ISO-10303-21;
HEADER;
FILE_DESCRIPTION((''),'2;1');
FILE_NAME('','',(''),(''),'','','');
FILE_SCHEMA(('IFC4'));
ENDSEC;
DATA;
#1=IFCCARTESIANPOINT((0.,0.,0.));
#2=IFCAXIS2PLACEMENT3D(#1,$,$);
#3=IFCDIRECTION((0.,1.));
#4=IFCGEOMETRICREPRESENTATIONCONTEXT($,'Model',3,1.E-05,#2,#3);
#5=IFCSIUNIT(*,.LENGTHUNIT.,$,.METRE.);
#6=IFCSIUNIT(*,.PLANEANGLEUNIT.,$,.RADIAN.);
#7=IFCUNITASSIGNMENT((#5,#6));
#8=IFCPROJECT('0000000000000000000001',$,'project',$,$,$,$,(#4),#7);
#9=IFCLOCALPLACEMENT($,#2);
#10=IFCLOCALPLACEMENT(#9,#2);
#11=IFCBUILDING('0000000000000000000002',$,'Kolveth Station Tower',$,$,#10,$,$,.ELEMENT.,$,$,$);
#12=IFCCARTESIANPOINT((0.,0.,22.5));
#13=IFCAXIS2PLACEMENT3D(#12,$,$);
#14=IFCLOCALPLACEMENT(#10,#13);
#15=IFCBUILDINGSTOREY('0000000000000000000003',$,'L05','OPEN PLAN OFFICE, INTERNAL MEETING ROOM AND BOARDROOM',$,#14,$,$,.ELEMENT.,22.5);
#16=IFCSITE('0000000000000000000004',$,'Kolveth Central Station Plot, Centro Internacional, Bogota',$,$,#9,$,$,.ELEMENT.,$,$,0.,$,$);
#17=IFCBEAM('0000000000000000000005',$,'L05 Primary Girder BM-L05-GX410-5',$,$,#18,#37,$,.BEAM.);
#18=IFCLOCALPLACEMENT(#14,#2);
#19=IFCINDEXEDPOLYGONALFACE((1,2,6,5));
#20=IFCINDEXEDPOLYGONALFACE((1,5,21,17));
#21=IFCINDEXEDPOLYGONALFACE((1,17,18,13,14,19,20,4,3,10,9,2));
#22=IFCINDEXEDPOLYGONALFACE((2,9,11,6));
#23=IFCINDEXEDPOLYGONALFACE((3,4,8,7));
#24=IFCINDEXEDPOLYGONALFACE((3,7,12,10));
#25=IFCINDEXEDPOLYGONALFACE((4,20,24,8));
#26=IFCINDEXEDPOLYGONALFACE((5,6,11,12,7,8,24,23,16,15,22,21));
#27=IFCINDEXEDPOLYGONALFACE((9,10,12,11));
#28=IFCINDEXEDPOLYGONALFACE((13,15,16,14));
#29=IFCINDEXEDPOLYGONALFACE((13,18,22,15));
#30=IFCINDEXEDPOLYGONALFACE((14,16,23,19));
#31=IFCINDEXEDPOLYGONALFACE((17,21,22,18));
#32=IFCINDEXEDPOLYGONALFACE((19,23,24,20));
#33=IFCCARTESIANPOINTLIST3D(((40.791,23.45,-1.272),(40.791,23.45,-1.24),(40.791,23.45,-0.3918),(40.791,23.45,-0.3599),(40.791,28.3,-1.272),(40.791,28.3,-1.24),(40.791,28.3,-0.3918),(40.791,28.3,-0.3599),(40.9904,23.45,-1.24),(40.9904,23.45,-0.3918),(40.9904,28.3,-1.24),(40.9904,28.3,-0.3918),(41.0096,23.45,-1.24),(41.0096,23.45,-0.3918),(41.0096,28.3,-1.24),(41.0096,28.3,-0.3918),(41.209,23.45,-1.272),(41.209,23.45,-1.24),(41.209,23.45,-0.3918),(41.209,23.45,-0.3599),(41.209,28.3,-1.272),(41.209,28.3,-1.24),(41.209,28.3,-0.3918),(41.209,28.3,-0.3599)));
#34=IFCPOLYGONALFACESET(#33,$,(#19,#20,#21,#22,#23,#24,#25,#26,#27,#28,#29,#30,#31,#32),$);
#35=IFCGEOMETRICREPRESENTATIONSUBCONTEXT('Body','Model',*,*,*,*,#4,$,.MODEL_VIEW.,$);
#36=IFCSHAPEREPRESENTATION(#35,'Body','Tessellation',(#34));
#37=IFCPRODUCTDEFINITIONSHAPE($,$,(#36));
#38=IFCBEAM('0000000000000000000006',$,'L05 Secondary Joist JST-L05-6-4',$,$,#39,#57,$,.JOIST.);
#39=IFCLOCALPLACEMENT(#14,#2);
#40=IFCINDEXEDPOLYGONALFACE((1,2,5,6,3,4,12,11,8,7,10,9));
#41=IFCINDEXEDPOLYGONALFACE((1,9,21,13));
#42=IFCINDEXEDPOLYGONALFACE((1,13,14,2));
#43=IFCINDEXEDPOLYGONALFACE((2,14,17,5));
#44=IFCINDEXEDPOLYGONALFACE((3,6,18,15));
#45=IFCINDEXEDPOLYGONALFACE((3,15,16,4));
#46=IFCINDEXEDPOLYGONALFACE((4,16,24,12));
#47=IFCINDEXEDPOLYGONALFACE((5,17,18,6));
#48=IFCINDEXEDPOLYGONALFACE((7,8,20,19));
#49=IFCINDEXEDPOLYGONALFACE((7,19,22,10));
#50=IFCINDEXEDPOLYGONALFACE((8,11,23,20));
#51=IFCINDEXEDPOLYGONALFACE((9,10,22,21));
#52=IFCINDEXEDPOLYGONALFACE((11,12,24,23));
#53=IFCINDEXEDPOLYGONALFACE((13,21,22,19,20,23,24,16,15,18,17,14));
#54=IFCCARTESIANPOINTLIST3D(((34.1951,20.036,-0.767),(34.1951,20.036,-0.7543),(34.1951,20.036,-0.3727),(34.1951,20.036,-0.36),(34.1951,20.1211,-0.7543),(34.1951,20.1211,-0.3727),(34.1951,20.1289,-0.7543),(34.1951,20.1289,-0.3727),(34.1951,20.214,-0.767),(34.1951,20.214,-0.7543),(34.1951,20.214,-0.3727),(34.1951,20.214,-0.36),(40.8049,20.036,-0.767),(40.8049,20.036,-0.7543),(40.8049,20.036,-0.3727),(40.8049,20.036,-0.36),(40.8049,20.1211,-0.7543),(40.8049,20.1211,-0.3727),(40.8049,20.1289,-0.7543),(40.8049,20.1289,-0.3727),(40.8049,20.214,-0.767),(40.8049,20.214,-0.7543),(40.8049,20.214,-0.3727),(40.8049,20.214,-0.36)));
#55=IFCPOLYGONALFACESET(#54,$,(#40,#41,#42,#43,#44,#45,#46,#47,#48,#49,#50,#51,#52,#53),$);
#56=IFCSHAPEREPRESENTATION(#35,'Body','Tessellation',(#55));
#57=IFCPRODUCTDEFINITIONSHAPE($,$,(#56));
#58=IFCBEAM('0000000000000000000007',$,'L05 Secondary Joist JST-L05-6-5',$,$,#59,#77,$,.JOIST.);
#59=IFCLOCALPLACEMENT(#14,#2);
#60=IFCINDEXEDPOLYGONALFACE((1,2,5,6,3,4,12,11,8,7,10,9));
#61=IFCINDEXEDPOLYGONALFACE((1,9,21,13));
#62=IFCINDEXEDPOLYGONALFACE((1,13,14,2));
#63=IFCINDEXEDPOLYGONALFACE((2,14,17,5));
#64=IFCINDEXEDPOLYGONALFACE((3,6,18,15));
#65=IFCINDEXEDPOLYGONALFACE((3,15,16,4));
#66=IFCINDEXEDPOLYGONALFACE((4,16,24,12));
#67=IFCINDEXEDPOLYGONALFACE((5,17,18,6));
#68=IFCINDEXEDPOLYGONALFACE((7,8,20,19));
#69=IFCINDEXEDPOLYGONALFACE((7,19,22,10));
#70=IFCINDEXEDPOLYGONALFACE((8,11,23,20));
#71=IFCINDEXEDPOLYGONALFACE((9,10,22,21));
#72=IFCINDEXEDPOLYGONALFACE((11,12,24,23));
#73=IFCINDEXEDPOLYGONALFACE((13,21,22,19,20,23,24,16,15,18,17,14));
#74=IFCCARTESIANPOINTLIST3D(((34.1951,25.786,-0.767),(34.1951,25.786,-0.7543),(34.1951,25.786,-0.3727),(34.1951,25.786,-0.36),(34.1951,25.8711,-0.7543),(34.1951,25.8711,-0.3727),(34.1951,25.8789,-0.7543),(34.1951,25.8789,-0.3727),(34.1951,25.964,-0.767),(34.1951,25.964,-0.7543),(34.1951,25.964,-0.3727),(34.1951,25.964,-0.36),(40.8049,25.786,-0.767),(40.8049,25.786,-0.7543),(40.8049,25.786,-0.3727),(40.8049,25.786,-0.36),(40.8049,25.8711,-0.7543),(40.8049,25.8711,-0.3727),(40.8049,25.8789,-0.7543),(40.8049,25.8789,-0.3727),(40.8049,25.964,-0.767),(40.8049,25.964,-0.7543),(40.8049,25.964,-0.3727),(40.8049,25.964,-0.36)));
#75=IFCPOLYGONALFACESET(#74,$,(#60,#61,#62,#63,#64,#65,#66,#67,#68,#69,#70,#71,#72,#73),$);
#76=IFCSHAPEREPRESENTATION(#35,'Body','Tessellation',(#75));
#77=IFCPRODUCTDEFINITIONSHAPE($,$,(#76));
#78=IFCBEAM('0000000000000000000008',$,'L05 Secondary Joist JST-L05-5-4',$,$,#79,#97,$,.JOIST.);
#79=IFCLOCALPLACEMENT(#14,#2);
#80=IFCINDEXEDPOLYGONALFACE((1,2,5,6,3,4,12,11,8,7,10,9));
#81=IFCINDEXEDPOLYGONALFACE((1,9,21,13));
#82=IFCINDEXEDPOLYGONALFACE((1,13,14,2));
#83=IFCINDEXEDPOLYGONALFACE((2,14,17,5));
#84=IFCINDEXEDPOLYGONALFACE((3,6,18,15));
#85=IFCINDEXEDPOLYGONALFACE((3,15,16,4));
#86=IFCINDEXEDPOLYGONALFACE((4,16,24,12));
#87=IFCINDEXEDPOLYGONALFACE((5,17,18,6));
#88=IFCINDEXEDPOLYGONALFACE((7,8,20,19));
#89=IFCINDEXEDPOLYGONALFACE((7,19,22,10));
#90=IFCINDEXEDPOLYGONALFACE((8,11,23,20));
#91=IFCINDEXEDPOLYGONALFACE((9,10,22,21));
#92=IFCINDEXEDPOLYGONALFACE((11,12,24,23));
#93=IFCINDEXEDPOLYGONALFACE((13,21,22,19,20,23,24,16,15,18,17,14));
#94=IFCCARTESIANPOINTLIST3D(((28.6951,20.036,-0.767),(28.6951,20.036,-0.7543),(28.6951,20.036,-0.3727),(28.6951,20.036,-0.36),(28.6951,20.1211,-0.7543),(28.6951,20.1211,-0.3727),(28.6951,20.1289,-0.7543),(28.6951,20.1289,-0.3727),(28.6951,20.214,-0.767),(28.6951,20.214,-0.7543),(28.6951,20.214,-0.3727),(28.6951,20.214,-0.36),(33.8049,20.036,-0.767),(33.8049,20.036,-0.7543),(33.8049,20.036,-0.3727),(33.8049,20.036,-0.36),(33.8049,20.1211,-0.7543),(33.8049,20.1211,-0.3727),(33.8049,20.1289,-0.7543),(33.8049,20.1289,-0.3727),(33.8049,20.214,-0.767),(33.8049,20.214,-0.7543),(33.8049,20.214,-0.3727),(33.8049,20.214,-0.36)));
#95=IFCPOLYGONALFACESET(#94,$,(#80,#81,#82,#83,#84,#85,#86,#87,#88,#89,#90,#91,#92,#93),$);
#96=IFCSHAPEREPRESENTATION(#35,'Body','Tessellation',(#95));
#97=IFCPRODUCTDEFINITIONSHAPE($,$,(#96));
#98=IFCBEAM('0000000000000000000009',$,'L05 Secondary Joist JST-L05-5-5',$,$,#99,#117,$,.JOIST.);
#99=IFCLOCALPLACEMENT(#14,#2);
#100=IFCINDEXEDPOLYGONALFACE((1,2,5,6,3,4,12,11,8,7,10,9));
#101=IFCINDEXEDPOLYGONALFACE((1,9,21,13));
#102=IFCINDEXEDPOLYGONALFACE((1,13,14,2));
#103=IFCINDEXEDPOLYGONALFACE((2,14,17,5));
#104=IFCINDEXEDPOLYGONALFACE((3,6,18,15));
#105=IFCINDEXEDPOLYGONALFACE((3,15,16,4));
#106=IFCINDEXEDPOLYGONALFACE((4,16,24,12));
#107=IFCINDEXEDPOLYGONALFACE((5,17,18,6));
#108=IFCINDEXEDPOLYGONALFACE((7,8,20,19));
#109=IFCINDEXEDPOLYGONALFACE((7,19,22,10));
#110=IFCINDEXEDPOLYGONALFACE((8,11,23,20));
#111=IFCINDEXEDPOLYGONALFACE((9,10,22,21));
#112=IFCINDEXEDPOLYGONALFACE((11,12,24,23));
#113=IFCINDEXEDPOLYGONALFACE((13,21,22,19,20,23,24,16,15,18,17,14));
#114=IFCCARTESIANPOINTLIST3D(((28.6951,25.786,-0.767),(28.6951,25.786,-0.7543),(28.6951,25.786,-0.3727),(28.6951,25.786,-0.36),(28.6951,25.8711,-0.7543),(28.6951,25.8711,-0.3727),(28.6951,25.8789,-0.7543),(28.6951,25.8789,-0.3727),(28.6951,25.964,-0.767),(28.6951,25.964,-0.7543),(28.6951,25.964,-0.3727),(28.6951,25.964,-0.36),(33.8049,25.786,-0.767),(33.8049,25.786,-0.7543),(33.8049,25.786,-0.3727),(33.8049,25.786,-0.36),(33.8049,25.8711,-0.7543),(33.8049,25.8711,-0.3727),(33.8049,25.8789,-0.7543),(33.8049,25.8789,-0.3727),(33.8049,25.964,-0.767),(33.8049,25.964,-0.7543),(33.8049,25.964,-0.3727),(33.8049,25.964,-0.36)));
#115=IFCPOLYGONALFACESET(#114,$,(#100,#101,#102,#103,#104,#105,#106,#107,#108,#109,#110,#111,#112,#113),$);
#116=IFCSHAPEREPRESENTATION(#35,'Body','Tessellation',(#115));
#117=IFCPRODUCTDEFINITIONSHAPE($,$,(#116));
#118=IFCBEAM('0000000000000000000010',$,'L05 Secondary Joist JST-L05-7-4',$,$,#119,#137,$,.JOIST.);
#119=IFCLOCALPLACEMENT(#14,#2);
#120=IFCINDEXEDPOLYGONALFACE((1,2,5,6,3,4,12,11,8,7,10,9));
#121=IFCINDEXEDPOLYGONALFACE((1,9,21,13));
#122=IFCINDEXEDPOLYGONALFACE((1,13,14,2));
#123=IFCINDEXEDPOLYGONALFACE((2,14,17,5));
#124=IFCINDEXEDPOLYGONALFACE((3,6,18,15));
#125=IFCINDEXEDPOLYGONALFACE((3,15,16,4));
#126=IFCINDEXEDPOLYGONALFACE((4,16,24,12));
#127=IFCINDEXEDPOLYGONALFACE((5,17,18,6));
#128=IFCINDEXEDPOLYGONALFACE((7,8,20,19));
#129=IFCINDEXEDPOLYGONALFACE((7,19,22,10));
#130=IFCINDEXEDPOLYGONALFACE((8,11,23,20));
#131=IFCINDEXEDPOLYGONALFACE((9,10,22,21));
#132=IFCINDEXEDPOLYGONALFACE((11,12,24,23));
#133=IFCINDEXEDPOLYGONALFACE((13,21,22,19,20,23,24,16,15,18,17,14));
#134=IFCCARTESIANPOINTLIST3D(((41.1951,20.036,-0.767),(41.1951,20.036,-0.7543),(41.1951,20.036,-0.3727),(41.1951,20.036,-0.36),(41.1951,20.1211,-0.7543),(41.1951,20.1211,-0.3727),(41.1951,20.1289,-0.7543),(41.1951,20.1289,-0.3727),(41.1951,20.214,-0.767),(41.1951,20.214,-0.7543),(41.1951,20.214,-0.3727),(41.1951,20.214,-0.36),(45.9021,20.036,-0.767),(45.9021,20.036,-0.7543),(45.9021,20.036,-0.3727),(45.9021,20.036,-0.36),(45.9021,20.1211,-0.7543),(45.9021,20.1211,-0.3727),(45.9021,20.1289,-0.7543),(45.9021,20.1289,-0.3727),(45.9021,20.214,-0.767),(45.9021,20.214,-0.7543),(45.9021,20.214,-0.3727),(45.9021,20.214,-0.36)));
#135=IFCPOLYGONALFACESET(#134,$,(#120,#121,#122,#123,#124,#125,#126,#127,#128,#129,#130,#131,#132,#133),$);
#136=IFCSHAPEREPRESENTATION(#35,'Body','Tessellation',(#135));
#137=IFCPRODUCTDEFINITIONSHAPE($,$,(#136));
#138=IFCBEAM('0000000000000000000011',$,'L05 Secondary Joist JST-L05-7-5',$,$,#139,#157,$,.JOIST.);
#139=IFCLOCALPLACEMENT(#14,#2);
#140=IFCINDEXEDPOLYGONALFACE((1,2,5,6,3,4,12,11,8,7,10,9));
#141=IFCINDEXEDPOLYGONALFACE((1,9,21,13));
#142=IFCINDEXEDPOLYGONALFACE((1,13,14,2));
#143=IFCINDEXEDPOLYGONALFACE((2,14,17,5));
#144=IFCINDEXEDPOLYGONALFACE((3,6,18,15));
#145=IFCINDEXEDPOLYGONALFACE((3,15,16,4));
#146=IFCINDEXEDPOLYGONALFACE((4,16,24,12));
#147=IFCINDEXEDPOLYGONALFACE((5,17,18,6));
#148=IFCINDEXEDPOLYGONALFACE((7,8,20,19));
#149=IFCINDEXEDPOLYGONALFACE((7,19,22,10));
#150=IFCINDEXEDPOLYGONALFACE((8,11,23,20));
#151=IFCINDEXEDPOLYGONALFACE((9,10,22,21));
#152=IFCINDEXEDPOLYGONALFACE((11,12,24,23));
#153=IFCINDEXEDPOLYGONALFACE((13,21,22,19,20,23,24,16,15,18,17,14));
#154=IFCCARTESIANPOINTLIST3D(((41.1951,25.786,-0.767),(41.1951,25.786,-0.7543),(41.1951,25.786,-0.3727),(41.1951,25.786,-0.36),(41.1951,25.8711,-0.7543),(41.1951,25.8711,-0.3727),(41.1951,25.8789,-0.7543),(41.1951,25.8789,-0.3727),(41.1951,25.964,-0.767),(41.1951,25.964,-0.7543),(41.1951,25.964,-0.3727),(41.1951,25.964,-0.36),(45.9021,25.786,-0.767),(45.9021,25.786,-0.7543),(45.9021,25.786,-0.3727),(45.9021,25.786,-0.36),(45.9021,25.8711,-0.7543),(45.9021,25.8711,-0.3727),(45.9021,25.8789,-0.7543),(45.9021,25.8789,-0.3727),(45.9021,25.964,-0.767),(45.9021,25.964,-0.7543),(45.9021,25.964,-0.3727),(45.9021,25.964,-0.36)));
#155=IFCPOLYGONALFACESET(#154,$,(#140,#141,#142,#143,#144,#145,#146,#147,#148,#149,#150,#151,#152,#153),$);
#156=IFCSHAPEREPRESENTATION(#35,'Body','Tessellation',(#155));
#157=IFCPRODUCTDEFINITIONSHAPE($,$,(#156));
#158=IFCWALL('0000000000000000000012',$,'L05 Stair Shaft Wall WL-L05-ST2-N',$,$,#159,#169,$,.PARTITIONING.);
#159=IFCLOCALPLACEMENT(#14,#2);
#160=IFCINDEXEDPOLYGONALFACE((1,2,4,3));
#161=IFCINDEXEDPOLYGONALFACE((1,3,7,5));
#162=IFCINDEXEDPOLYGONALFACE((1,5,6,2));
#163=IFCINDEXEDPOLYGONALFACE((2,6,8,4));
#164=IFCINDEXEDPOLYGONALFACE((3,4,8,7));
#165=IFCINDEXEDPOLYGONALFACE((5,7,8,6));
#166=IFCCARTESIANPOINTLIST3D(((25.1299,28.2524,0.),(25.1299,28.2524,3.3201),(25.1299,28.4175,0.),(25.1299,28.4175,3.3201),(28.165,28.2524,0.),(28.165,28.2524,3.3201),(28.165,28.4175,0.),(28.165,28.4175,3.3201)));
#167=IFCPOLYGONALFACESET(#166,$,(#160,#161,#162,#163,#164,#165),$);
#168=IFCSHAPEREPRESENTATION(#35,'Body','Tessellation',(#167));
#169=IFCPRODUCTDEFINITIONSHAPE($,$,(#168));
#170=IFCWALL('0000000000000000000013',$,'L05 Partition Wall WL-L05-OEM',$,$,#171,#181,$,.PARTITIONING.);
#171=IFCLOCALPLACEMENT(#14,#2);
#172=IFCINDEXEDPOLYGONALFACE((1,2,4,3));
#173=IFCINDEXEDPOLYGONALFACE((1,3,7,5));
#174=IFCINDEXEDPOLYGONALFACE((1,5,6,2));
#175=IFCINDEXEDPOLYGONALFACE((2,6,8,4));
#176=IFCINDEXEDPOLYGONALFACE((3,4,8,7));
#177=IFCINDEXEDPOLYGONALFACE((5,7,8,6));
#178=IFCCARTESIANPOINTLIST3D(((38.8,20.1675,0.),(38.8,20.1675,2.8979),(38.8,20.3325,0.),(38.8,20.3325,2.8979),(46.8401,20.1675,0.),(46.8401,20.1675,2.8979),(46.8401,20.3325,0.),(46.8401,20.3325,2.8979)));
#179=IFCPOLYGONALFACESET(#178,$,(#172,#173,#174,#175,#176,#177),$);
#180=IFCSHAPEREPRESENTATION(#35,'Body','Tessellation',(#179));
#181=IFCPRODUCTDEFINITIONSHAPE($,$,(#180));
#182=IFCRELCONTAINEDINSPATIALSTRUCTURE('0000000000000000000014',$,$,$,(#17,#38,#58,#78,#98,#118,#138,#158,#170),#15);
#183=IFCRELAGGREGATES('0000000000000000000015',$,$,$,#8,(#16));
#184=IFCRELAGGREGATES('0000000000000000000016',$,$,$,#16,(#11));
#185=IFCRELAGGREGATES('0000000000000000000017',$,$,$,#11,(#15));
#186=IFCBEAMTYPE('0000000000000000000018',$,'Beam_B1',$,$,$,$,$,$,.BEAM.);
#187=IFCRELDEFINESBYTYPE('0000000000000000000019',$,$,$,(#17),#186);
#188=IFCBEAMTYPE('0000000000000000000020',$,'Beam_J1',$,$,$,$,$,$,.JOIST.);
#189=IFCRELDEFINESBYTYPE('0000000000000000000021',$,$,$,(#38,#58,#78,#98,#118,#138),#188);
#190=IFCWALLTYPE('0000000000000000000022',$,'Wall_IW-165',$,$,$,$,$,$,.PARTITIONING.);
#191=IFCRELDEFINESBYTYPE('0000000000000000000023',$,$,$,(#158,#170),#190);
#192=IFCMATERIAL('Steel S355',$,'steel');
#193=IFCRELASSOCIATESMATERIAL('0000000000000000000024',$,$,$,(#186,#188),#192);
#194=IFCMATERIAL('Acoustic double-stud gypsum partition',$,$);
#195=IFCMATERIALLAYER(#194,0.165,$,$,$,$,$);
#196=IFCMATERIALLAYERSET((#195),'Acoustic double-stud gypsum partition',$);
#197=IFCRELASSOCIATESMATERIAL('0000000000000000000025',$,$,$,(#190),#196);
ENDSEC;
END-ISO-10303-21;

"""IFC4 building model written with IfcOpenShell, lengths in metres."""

from ifc_helpers import new_model, si_unit, direction, frame, frame_2d, origin, origin_2d, place, context, subcontext, project, spatial, rectangle, i_section, extrude, source, transform, mapped, material, layer, layer_set, material_profile, profile_set, type_object, element, save


model = new_model("IFC4")

# Units and contexts
model_context = context("Model", 3, precision=1e-05, world=origin(), true_north=direction((0.0, 1.0)))
body_context = subcontext(model_context, "Body", "Model", "MODEL_VIEW")
ifc_project = project(units=[si_unit("LENGTHUNIT", "METRE"), si_unit("PLANEANGLEUNIT", "RADIAN")], contexts=[model_context])

# Site, building, storey
site_placement = place(None, origin())
site = spatial("IfcSite", under=ifc_project, at=site_placement, Name="Kolveth Central Station Plot, Centro Internacional, Bogota", CompositionType="ELEMENT", RefElevation=0.0)
building_placement = place(site_placement, origin())
building = spatial("IfcBuilding", under=site, at=building_placement, Name="Kolveth Station Tower", CompositionType="ELEMENT")
storey_placement = place(building_placement, frame((0.0, 0.0, 22.5)))
storey = spatial("IfcBuildingStorey", under=building, at=storey_placement, Name="L05", Description="OPEN PLAN OFFICE, INTERNAL MEETING ROOM AND BOARDROOM", CompositionType="ELEMENT", Elevation=22.5)

# Beams
ifc_material_1 = material(Name="Steel S355", Category="steel")
ifc_material_profile_1 = material_profile(ifc_material_1, i_section(OverallWidth=0.418, OverallDepth=0.9121, WebThickness=0.0193, FlangeThickness=0.032, at=origin_2d()), Name="W920x342")
ifc_profile_set_1 = profile_set([ifc_material_profile_1], Name="Steel S355")
beam_type_1 = type_object("IfcBeamType", Name="Beam_B1", PredefinedType="BEAM", material=ifc_profile_set_1)
shared_shape_1 = source(origin(), body_context, "Body", "SweptSolid", [
    extrude(i_section(OverallWidth=0.418, OverallDepth=0.9121, WebThickness=0.0193, FlangeThickness=0.032, at=origin_2d()), origin(), (0.0, 0.0, 1.0), 4.8501),
])
for number, where, z_axis, x_axis, name in (
    (1, (41.0, 23.45, -0.8159), (0.0, 1.0, 0.0), (-1.0, 0.0, 0.0), "L05 Primary Girder BM-L05-GX410-5"),
):
    element("IfcBeam", number, at=place(storey_placement, frame(where, z_axis=z_axis, x_axis=x_axis)), inside=storey, type_object=beam_type_1, Name=name, PredefinedType="BEAM", context=body_context, shape_type="MappedRepresentation", body=[
        mapped(shared_shape_1, transform((0.0, 0.0, 0.0), x_axis=(1.0, 0.0, 0.0), y_axis=(0.0, 1.0, 0.0), z_axis=(0.0, 0.0, 1.0), scale=1.0)),
    ])
ifc_material_profile_2 = material_profile(ifc_material_1, i_section(OverallWidth=0.178, OverallDepth=0.407, WebThickness=0.0078, FlangeThickness=0.0127, at=origin_2d()), Name="W410x60")
ifc_profile_set_2 = profile_set([ifc_material_profile_2], Name="Steel S355")
beam_type_2 = type_object("IfcBeamType", Name="Beam_J1", PredefinedType="JOIST", material=ifc_profile_set_2)
shared_shape_2 = source(origin(), body_context, "Body", "SweptSolid", [
    extrude(i_section(OverallWidth=0.178, OverallDepth=0.407, WebThickness=0.0078, FlangeThickness=0.0127, at=origin_2d()), origin(), (0.0, 0.0, 1.0), 6.6099),
])
for number, where, z_axis, x_axis, name in (
    (2, (34.1951, 20.125, -0.5635), (1.0, 0.0, 0.0), (0.0, 1.0, 0.0), "L05 Secondary Joist JST-L05-6-4"),
    (3, (34.1951, 25.875, -0.5635), (1.0, 0.0, 0.0), (0.0, 1.0, 0.0), "L05 Secondary Joist JST-L05-6-5"),
):
    element("IfcBeam", number, at=place(storey_placement, frame(where, z_axis=z_axis, x_axis=x_axis)), inside=storey, type_object=beam_type_2, Name=name, PredefinedType="JOIST", context=body_context, shape_type="MappedRepresentation", body=[
        mapped(shared_shape_2, transform((0.0, 0.0, 0.0), x_axis=(1.0, 0.0, 0.0), y_axis=(0.0, 1.0, 0.0), z_axis=(0.0, 0.0, 1.0), scale=1.0)),
    ])
shared_shape_3 = source(origin(), body_context, "Body", "SweptSolid", [
    extrude(i_section(OverallWidth=0.178, OverallDepth=0.407, WebThickness=0.0078, FlangeThickness=0.0127, at=origin_2d()), origin(), (0.0, 0.0, 1.0), 5.1099),
])
for number, where, z_axis, x_axis, name in (
    (4, (28.6951, 20.125, -0.5635), (1.0, 0.0, 0.0), (0.0, 1.0, 0.0), "L05 Secondary Joist JST-L05-5-4"),
    (5, (28.6951, 25.875, -0.5635), (1.0, 0.0, 0.0), (0.0, 1.0, 0.0), "L05 Secondary Joist JST-L05-5-5"),
):
    element("IfcBeam", number, at=place(storey_placement, frame(where, z_axis=z_axis, x_axis=x_axis)), inside=storey, type_object=beam_type_2, Name=name, PredefinedType="JOIST", context=body_context, shape_type="MappedRepresentation", body=[
        mapped(shared_shape_3, transform((0.0, 0.0, 0.0), x_axis=(1.0, 0.0, 0.0), y_axis=(0.0, 1.0, 0.0), z_axis=(0.0, 0.0, 1.0), scale=1.0)),
    ])
shared_shape_4 = source(origin(), body_context, "Body", "SweptSolid", [
    extrude(i_section(OverallWidth=0.178, OverallDepth=0.407, WebThickness=0.0078, FlangeThickness=0.0127, at=origin_2d()), origin(), (0.0, 0.0, 1.0), 4.707),
])
for number, where, z_axis, x_axis, name in (
    (6, (41.1951, 20.125, -0.5635), (1.0, 0.0, 0.0), (0.0, 1.0, 0.0), "L05 Secondary Joist JST-L05-7-4"),
    (7, (41.1951, 25.875, -0.5635), (1.0, 0.0, 0.0), (0.0, 1.0, 0.0), "L05 Secondary Joist JST-L05-7-5"),
):
    element("IfcBeam", number, at=place(storey_placement, frame(where, z_axis=z_axis, x_axis=x_axis)), inside=storey, type_object=beam_type_2, Name=name, PredefinedType="JOIST", context=body_context, shape_type="MappedRepresentation", body=[
        mapped(shared_shape_4, transform((0.0, 0.0, 0.0), x_axis=(1.0, 0.0, 0.0), y_axis=(0.0, 1.0, 0.0), z_axis=(0.0, 0.0, 1.0), scale=1.0)),
    ])

# Walls
ifc_material_2 = material(Name="Acoustic double-stud gypsum partition")
ifc_layer_1 = layer(ifc_material_2, 0.165)
ifc_layer_set_1 = layer_set([ifc_layer_1], Name="Acoustic double-stud gypsum partition")
wall_type_1 = type_object("IfcWallType", Name="Wall_IW-165", PredefinedType="PARTITIONING", material=ifc_layer_set_1)
wall_1_placement = place(storey_placement, frame((25.1299, 28.335, 0.0), z_axis=(0.0, 0.0, 1.0), x_axis=(1.0, 0.0, 0.0)))
element("IfcWall", 8, at=wall_1_placement, inside=storey, type_object=wall_type_1, Name="L05 Stair Shaft Wall WL-L05-ST2-N", PredefinedType="PARTITIONING", context=body_context, shape_type="SweptSolid", body=[
    extrude(rectangle(XDim=3.0352, YDim=0.165, at=frame_2d((1.5176, 0.0))), origin(), (0.0, 0.0, 1.0), 3.3201),
])
wall_2_placement = place(storey_placement, frame((38.8, 20.25, 0.0), z_axis=(0.0, 0.0, 1.0), x_axis=(1.0, 0.0, 0.0)))
element("IfcWall", 9, at=wall_2_placement, inside=storey, type_object=wall_type_1, Name="L05 Partition Wall WL-L05-OEM", PredefinedType="PARTITIONING", context=body_context, shape_type="SweptSolid", body=[
    extrude(rectangle(XDim=8.04, YDim=0.165, at=frame_2d((4.02, 0.0))), origin(), (0.0, 0.0, 1.0), 2.8979),
])

save(model, "model.ifc")
